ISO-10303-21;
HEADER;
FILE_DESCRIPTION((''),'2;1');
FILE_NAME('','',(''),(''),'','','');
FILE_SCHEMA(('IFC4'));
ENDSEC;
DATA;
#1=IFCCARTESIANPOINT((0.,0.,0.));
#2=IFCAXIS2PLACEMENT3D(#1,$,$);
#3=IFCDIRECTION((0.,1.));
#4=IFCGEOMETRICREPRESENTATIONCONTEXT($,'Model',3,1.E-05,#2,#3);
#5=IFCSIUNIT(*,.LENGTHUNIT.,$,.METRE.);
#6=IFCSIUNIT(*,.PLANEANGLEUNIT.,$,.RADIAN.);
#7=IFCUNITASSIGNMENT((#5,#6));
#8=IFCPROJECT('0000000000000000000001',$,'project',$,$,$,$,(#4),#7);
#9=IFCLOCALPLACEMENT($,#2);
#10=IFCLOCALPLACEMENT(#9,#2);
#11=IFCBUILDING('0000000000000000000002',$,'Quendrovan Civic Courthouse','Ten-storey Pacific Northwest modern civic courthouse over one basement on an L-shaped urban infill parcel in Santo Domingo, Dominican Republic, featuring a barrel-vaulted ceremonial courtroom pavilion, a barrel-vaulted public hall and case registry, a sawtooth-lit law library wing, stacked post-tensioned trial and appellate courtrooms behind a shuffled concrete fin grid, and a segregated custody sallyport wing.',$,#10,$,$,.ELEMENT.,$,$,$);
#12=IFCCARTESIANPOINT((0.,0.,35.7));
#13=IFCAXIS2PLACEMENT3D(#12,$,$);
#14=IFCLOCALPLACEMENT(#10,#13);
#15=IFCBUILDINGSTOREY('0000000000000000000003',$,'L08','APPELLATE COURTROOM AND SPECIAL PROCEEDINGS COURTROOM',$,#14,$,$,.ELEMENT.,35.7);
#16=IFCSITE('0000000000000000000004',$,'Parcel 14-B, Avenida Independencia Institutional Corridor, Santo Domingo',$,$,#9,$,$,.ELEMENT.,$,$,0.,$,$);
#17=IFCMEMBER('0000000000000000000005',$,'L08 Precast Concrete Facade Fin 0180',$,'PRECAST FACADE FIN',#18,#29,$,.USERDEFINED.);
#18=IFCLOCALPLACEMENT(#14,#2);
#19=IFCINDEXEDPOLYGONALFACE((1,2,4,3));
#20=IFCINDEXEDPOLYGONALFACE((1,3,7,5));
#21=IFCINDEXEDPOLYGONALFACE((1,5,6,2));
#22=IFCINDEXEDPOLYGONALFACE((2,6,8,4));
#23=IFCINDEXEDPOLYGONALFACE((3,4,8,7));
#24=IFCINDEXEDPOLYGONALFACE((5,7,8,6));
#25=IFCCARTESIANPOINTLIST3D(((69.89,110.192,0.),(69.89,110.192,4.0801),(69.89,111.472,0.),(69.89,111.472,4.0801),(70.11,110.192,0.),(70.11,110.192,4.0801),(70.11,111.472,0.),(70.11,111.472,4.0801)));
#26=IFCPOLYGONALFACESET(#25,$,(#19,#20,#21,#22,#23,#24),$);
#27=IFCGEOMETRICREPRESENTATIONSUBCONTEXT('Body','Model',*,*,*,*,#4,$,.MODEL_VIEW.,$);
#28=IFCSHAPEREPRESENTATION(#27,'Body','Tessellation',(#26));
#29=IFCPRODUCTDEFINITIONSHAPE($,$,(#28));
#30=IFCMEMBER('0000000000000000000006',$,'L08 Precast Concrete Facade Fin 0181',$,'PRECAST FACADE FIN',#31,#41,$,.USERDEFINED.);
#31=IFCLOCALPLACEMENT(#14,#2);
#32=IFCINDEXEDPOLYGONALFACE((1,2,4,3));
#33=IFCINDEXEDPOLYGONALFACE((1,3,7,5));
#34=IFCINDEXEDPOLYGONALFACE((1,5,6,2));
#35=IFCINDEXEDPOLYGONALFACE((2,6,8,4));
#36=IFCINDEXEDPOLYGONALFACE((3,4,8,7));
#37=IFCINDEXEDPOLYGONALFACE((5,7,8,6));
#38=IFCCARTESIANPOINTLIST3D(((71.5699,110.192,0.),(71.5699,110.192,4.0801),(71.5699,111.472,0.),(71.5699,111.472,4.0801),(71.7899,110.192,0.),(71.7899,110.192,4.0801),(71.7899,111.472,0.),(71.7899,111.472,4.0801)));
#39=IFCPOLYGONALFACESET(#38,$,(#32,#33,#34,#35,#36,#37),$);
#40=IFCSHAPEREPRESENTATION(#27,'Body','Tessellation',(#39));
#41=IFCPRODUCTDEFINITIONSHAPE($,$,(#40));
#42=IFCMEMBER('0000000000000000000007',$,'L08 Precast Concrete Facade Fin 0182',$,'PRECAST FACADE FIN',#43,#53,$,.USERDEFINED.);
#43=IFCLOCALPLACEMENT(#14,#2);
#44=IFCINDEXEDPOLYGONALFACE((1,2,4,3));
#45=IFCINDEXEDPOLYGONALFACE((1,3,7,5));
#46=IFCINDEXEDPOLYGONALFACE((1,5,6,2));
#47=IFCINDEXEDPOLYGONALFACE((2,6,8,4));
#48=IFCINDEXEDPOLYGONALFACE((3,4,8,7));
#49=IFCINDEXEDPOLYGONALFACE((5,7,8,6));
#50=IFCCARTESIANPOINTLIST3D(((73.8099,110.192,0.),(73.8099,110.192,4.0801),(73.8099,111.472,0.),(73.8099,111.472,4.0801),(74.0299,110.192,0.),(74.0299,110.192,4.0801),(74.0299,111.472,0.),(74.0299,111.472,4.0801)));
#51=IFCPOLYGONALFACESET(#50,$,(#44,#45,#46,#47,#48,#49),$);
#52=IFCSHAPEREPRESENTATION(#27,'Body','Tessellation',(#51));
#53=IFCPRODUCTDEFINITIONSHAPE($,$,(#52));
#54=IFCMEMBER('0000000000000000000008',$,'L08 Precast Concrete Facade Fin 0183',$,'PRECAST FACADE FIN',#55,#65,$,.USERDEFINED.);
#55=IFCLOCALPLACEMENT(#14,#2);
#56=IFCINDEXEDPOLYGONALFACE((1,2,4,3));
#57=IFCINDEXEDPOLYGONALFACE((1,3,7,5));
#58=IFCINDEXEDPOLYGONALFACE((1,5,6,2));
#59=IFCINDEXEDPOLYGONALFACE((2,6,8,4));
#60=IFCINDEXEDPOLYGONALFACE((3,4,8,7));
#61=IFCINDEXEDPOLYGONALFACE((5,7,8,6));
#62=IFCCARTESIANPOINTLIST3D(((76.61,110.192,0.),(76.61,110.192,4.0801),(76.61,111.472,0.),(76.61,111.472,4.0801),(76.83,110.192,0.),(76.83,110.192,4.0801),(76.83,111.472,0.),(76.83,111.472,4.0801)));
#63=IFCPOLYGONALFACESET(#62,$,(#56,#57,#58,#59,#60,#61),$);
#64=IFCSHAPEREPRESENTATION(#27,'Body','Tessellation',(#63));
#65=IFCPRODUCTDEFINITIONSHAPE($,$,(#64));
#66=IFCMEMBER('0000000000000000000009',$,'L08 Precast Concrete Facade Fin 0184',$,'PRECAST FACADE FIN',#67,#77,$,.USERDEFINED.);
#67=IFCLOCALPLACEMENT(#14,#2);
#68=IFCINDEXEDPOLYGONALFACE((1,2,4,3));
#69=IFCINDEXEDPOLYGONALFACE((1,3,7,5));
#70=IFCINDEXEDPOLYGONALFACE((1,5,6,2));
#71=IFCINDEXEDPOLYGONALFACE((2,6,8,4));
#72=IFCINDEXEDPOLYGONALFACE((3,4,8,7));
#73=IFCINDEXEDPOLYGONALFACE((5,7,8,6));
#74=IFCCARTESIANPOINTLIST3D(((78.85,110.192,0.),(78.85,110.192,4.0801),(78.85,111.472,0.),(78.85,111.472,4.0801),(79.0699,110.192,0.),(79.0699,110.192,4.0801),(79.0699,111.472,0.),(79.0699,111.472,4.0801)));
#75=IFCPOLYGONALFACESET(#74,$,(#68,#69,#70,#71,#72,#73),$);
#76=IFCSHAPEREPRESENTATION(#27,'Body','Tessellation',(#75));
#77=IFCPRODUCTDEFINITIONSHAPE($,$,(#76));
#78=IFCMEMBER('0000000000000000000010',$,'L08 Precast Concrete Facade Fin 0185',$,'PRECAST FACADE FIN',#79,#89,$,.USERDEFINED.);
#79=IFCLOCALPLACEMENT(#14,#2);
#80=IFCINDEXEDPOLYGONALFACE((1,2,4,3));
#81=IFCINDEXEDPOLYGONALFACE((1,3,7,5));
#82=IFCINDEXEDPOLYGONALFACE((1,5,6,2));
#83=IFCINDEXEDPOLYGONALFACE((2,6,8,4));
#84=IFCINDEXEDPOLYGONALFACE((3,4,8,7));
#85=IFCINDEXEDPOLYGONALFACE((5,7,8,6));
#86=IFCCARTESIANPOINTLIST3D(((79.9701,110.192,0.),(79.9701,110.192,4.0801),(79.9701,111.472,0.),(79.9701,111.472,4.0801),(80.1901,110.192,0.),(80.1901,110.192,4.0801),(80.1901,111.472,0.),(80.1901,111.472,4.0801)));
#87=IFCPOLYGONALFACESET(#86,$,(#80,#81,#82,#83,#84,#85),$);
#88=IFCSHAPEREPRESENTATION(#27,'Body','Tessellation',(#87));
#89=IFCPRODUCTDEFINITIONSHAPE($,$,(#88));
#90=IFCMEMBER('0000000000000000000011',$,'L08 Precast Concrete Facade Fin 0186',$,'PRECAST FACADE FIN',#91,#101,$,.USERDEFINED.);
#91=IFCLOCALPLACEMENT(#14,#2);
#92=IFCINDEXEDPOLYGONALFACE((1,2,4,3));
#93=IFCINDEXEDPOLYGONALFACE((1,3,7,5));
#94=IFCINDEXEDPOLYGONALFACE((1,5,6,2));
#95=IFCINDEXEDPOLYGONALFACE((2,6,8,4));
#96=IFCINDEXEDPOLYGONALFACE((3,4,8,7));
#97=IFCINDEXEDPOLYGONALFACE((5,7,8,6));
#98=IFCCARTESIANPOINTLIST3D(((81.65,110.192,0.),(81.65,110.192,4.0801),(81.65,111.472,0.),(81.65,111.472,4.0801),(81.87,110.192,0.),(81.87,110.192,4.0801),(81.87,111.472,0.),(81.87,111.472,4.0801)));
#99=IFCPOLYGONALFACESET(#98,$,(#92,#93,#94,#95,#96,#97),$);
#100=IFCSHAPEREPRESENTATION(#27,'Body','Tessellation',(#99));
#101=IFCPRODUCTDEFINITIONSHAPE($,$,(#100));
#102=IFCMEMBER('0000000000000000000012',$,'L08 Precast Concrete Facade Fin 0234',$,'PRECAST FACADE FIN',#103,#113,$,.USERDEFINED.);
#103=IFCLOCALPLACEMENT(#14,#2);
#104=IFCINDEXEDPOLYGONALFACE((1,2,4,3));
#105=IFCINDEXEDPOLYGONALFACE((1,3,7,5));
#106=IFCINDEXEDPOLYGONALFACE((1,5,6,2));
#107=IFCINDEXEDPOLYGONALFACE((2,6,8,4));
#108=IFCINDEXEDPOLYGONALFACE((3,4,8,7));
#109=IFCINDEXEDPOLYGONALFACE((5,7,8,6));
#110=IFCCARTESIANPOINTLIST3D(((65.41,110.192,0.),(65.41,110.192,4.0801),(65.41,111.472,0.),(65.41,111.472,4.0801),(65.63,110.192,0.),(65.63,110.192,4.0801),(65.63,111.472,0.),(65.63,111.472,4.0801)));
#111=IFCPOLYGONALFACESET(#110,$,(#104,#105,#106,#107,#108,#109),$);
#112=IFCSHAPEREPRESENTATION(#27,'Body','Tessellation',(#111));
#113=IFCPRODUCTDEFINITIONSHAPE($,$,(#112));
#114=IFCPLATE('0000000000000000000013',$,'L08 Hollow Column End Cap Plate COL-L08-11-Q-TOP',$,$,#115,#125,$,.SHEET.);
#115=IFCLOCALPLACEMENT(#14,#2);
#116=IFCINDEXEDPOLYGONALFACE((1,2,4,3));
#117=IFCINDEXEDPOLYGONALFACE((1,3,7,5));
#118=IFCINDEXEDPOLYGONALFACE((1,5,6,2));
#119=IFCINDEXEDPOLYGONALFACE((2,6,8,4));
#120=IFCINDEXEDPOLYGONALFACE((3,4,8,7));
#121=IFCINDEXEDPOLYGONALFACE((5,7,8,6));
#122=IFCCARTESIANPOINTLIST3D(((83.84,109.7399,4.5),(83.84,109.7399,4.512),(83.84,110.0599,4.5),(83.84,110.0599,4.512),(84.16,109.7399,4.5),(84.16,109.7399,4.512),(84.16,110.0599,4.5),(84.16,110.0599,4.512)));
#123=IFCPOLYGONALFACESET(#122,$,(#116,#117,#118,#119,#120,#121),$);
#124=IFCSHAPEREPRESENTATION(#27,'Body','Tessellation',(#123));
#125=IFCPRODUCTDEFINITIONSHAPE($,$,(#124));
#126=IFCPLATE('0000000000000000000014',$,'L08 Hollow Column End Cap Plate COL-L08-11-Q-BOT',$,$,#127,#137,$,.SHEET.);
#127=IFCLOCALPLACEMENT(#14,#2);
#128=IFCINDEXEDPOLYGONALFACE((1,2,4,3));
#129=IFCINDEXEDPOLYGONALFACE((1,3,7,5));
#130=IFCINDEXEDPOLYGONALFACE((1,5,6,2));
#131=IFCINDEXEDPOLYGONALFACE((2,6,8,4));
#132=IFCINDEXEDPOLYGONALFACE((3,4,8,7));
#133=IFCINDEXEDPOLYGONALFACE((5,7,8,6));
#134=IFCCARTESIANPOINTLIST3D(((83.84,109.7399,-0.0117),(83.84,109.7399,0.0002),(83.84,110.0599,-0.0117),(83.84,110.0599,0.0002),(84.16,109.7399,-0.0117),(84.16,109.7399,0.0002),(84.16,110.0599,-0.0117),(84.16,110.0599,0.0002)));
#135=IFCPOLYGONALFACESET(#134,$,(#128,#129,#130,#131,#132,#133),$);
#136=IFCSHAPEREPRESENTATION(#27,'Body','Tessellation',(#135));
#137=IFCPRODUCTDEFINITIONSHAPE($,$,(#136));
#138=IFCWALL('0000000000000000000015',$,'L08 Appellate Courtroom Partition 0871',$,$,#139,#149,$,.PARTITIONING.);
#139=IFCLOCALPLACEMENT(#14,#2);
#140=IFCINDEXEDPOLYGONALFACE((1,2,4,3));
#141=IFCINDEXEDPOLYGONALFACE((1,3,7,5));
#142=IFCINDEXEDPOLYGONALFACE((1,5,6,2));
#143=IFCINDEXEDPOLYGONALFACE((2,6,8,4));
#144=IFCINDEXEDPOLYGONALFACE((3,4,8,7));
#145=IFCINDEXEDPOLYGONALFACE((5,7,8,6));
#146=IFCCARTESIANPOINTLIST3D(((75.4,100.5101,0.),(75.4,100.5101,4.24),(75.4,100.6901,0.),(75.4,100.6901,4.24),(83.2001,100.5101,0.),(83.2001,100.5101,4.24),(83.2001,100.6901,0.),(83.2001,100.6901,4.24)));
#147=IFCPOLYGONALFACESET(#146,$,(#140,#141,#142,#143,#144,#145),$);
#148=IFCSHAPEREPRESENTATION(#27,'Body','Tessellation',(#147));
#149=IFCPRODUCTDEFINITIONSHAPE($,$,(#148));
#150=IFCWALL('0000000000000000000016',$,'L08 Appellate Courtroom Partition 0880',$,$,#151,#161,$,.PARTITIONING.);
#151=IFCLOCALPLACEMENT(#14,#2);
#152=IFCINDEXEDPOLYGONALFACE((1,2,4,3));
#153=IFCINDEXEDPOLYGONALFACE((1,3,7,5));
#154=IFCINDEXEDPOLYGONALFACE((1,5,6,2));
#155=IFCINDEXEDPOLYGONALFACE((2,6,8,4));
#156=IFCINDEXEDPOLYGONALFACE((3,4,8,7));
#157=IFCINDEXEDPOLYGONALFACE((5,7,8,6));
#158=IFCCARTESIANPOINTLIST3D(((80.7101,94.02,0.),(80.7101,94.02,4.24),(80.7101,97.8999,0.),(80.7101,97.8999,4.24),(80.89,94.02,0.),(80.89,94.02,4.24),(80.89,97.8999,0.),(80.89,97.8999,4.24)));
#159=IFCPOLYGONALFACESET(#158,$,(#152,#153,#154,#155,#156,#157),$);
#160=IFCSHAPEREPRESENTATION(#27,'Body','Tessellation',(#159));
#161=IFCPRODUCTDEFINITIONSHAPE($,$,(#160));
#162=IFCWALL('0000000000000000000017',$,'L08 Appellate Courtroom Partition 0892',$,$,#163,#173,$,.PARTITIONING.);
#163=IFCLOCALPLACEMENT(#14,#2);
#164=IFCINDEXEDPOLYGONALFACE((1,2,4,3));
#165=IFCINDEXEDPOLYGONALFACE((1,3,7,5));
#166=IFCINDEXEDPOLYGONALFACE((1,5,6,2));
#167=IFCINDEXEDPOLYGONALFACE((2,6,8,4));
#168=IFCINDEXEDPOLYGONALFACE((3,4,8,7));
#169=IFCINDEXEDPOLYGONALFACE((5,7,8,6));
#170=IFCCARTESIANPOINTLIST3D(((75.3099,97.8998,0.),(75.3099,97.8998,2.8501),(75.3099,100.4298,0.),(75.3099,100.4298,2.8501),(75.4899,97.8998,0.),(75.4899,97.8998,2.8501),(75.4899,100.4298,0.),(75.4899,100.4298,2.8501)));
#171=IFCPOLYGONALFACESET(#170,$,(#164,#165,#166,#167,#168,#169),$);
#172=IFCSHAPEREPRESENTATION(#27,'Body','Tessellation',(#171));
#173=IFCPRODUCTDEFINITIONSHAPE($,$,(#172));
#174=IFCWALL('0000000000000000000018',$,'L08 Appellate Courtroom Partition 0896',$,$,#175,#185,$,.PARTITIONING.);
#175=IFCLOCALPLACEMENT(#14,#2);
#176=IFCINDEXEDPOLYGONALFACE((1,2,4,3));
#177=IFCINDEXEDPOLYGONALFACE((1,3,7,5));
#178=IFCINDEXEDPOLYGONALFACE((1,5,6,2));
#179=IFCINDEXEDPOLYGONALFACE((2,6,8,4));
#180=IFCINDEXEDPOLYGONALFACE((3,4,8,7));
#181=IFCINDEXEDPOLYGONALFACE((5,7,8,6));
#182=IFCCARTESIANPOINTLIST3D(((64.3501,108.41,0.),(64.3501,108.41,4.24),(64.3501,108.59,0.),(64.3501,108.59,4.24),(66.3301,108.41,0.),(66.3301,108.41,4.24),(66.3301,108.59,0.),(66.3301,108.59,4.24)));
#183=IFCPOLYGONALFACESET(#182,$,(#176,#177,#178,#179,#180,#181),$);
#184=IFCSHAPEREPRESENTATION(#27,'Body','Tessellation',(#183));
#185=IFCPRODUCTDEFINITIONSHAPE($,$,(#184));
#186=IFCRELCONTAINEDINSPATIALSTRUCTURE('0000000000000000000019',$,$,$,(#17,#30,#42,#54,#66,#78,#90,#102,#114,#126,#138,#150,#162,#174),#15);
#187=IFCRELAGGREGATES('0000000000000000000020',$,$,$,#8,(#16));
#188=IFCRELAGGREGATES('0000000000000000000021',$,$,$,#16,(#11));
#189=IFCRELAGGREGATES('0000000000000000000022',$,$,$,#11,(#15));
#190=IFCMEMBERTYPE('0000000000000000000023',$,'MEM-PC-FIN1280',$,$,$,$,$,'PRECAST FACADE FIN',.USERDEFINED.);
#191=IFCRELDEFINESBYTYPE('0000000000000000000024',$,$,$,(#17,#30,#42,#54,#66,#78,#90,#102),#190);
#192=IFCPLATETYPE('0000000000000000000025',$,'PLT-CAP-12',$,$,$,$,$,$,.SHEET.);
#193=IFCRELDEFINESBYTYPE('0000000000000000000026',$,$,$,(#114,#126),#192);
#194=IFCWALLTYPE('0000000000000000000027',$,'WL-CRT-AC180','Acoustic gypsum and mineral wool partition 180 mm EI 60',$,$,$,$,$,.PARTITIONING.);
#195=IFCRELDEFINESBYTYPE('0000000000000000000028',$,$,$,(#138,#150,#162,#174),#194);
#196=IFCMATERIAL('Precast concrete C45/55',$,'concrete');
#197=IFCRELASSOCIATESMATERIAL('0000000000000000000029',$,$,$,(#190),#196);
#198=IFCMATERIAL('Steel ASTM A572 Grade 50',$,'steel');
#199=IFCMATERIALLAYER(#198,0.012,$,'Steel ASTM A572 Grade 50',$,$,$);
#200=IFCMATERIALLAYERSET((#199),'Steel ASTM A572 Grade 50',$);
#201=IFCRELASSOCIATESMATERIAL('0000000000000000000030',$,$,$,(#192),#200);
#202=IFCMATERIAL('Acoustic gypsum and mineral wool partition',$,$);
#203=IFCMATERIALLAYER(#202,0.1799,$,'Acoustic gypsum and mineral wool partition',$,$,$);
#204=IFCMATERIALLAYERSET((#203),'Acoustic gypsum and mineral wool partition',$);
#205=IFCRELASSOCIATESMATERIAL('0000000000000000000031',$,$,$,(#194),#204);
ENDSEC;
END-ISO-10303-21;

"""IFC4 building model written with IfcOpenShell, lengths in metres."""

from ifc_helpers import new_model, si_unit, direction, frame, frame_2d, origin, origin_2d, place, context, subcontext, project, spatial, rectangle, extrude, material, layer, layer_set, material_profile, profile_set, type_object, element, save


model = new_model("IFC4")

# Units and contexts
model_context = context("Model", 3, precision=1e-05, world=origin(), true_north=direction((0.0, 1.0)))
body_context = subcontext(model_context, "Body", "Model", "MODEL_VIEW")
ifc_project = project(units=[si_unit("LENGTHUNIT", "METRE"), si_unit("PLANEANGLEUNIT", "RADIAN")], contexts=[model_context])

# Site, building, storey
site_placement = place(None, origin())
site = spatial("IfcSite", under=ifc_project, at=site_placement, Name="Parcel 14-B, Avenida Independencia Institutional Corridor, Santo Domingo", CompositionType="ELEMENT", RefElevation=0.0)
building_placement = place(site_placement, origin())
building = spatial("IfcBuilding", under=site, at=building_placement, Name="Quendrovan Civic Courthouse", Description="Ten-storey Pacific Northwest modern civic courthouse over one basement on an L-shaped urban infill parcel in Santo Domingo, Dominican Republic, featuring a barrel-vaulted ceremonial courtroom pavilion, a barrel-vaulted public hall and case registry, a sawtooth-lit law library wing, stacked post-tensioned trial and appellate courtrooms behind a shuffled concrete fin grid, and a segregated custody sallyport wing.", CompositionType="ELEMENT")
storey_placement = place(building_placement, frame((0.0, 0.0, 35.7)))
storey = spatial("IfcBuildingStorey", under=building, at=storey_placement, Name="L08", Description="APPELLATE COURTROOM AND SPECIAL PROCEEDINGS COURTROOM", CompositionType="ELEMENT", Elevation=35.7)

# Members
ifc_material_1 = material(Name="Precast concrete C45/55", Category="concrete")
ifc_material_profile_1 = material_profile(ifc_material_1, rectangle(XDim=0.22, YDim=1.28, at=origin_2d()), Name="PC-FIN-220x1280")
ifc_profile_set_1 = profile_set([ifc_material_profile_1], Name="Precast concrete C45/55")
member_type = type_object("IfcMemberType", Name="MEM-PC-FIN1280", ElementType="PRECAST FACADE FIN", PredefinedType="USERDEFINED", material=ifc_profile_set_1)
for number, where, z_axis, x_axis, name in (
    (1, (70.0, 110.832, 0.0), (0.0, 0.0, 1.0), (1.0, 0.0, 0.0), "L08 Precast Concrete Facade Fin 0180"),
    (2, (71.6799, 110.832, 0.0), (0.0, 0.0, 1.0), (1.0, 0.0, 0.0), "L08 Precast Concrete Facade Fin 0181"),
    (3, (73.9199, 110.832, 0.0), (0.0, 0.0, 1.0), (1.0, 0.0, 0.0), "L08 Precast Concrete Facade Fin 0182"),
    (4, (76.72, 110.832, 0.0), (0.0, 0.0, 1.0), (1.0, 0.0, 0.0), "L08 Precast Concrete Facade Fin 0183"),
    (5, (78.96, 110.832, 0.0), (0.0, 0.0, 1.0), (1.0, 0.0, 0.0), "L08 Precast Concrete Facade Fin 0184"),
    (6, (80.0801, 110.832, 0.0), (0.0, 0.0, 1.0), (1.0, 0.0, 0.0), "L08 Precast Concrete Facade Fin 0185"),
    (7, (81.76, 110.832, 0.0), (0.0, 0.0, 1.0), (1.0, 0.0, 0.0), "L08 Precast Concrete Facade Fin 0186"),
    (8, (65.52, 110.832, 0.0), (0.0, 0.0, 1.0), (1.0, 0.0, 0.0), "L08 Precast Concrete Facade Fin 0234"),
):
    element("IfcMember", number, at=place(storey_placement, frame(where, z_axis=z_axis, x_axis=x_axis)), inside=storey, type_object=member_type, Name=name, ObjectType="PRECAST FACADE FIN", PredefinedType="USERDEFINED", context=body_context, shape_type="SweptSolid", body=[
        extrude(rectangle(XDim=0.22, YDim=1.28, at=origin_2d()), origin(), (0.0, 0.0, 1.0), 4.0801),
    ])

# Plates
ifc_material_2 = material(Name="Steel ASTM A572 Grade 50", Category="steel")
ifc_layer_1 = layer(ifc_material_2, 0.012, Name="Steel ASTM A572 Grade 50")
ifc_layer_set_1 = layer_set([ifc_layer_1], Name="Steel ASTM A572 Grade 50")
plate_type = type_object("IfcPlateType", Name="PLT-CAP-12", PredefinedType="SHEET", material=ifc_layer_set_1)
for number, where, z_axis, x_axis, name in (
    (9, (84.0, 109.8999, 4.5), (0.0, 0.0, 1.0), (1.0, 0.0, 0.0), "L08 Hollow Column End Cap Plate COL-L08-11-Q-TOP"),
    (10, (84.0, 109.8999, -0.0117), (0.0, 0.0, 1.0), (1.0, 0.0, 0.0), "L08 Hollow Column End Cap Plate COL-L08-11-Q-BOT"),
):
    element("IfcPlate", number, at=place(storey_placement, frame(where, z_axis=z_axis, x_axis=x_axis)), inside=storey, type_object=plate_type, Name=name, PredefinedType="SHEET", context=body_context, shape_type="SweptSolid", body=[
        extrude(rectangle(XDim=0.3201, YDim=0.3201, at=origin_2d()), origin(), (0.0, 0.0, 1.0), 0.012),
    ])

# Walls
ifc_material_3 = material(Name="Acoustic gypsum and mineral wool partition")
ifc_layer_2 = layer(ifc_material_3, 0.1799, Name="Acoustic gypsum and mineral wool partition")
ifc_layer_set_2 = layer_set([ifc_layer_2], Name="Acoustic gypsum and mineral wool partition")
wall_type_1 = type_object("IfcWallType", Name="WL-CRT-AC180", Description="Acoustic gypsum and mineral wool partition 180 mm EI 60", PredefinedType="PARTITIONING", material=ifc_layer_set_2)
wall_1_placement = place(storey_placement, frame((83.2, 100.6001, 0.0), z_axis=(0.0, 0.0, 1.0), x_axis=(-1.0, 0.0, 0.0)))
element("IfcWall", 11, at=wall_1_placement, inside=storey, type_object=wall_type_1, Name="L08 Appellate Courtroom Partition 0871", PredefinedType="PARTITIONING", context=body_context, shape_type="SweptSolid", body=[
    extrude(rectangle(XDim=7.8, YDim=0.1799, at=frame_2d((3.8999, 0.0))), origin(), (0.0, 0.0, 1.0), 4.24),
])
wall_2_placement = place(storey_placement, frame((80.8, 97.8999, 0.0), z_axis=(0.0, 0.0, 1.0), x_axis=(0.0, -1.0, 0.0)))
element("IfcWall", 12, at=wall_2_placement, inside=storey, type_object=wall_type_1, Name="L08 Appellate Courtroom Partition 0880", PredefinedType="PARTITIONING", context=body_context, shape_type="SweptSolid", body=[
    extrude(rectangle(XDim=3.8799, YDim=0.1799, at=frame_2d((1.9399, 0.0))), origin(), (0.0, 0.0, 1.0), 4.24),
])
wall_3_placement = place(storey_placement, frame((75.3999, 100.4299, 0.0), z_axis=(0.0, 0.0, 1.0), x_axis=(0.0, -1.0, 0.0)))
element("IfcWall", 13, at=wall_3_placement, inside=storey, type_object=wall_type_1, Name="L08 Appellate Courtroom Partition 0892", PredefinedType="PARTITIONING", context=body_context, shape_type="SweptSolid", body=[
    extrude(rectangle(XDim=2.53, YDim=0.1799, at=frame_2d((1.2651, 0.0))), origin(), (0.0, 0.0, 1.0), 2.8501),
])
wall_4_placement = place(storey_placement, frame((66.3301, 108.5, 0.0), z_axis=(0.0, 0.0, 1.0), x_axis=(-1.0, 0.0, 0.0)))
element("IfcWall", 14, at=wall_4_placement, inside=storey, type_object=wall_type_1, Name="L08 Appellate Courtroom Partition 0896", PredefinedType="PARTITIONING", context=body_context, shape_type="SweptSolid", body=[
    extrude(rectangle(XDim=1.98, YDim=0.1799, at=frame_2d((0.99, 0.0))), origin(), (0.0, 0.0, 1.0), 4.24),
])

save(model, "model.ifc")
